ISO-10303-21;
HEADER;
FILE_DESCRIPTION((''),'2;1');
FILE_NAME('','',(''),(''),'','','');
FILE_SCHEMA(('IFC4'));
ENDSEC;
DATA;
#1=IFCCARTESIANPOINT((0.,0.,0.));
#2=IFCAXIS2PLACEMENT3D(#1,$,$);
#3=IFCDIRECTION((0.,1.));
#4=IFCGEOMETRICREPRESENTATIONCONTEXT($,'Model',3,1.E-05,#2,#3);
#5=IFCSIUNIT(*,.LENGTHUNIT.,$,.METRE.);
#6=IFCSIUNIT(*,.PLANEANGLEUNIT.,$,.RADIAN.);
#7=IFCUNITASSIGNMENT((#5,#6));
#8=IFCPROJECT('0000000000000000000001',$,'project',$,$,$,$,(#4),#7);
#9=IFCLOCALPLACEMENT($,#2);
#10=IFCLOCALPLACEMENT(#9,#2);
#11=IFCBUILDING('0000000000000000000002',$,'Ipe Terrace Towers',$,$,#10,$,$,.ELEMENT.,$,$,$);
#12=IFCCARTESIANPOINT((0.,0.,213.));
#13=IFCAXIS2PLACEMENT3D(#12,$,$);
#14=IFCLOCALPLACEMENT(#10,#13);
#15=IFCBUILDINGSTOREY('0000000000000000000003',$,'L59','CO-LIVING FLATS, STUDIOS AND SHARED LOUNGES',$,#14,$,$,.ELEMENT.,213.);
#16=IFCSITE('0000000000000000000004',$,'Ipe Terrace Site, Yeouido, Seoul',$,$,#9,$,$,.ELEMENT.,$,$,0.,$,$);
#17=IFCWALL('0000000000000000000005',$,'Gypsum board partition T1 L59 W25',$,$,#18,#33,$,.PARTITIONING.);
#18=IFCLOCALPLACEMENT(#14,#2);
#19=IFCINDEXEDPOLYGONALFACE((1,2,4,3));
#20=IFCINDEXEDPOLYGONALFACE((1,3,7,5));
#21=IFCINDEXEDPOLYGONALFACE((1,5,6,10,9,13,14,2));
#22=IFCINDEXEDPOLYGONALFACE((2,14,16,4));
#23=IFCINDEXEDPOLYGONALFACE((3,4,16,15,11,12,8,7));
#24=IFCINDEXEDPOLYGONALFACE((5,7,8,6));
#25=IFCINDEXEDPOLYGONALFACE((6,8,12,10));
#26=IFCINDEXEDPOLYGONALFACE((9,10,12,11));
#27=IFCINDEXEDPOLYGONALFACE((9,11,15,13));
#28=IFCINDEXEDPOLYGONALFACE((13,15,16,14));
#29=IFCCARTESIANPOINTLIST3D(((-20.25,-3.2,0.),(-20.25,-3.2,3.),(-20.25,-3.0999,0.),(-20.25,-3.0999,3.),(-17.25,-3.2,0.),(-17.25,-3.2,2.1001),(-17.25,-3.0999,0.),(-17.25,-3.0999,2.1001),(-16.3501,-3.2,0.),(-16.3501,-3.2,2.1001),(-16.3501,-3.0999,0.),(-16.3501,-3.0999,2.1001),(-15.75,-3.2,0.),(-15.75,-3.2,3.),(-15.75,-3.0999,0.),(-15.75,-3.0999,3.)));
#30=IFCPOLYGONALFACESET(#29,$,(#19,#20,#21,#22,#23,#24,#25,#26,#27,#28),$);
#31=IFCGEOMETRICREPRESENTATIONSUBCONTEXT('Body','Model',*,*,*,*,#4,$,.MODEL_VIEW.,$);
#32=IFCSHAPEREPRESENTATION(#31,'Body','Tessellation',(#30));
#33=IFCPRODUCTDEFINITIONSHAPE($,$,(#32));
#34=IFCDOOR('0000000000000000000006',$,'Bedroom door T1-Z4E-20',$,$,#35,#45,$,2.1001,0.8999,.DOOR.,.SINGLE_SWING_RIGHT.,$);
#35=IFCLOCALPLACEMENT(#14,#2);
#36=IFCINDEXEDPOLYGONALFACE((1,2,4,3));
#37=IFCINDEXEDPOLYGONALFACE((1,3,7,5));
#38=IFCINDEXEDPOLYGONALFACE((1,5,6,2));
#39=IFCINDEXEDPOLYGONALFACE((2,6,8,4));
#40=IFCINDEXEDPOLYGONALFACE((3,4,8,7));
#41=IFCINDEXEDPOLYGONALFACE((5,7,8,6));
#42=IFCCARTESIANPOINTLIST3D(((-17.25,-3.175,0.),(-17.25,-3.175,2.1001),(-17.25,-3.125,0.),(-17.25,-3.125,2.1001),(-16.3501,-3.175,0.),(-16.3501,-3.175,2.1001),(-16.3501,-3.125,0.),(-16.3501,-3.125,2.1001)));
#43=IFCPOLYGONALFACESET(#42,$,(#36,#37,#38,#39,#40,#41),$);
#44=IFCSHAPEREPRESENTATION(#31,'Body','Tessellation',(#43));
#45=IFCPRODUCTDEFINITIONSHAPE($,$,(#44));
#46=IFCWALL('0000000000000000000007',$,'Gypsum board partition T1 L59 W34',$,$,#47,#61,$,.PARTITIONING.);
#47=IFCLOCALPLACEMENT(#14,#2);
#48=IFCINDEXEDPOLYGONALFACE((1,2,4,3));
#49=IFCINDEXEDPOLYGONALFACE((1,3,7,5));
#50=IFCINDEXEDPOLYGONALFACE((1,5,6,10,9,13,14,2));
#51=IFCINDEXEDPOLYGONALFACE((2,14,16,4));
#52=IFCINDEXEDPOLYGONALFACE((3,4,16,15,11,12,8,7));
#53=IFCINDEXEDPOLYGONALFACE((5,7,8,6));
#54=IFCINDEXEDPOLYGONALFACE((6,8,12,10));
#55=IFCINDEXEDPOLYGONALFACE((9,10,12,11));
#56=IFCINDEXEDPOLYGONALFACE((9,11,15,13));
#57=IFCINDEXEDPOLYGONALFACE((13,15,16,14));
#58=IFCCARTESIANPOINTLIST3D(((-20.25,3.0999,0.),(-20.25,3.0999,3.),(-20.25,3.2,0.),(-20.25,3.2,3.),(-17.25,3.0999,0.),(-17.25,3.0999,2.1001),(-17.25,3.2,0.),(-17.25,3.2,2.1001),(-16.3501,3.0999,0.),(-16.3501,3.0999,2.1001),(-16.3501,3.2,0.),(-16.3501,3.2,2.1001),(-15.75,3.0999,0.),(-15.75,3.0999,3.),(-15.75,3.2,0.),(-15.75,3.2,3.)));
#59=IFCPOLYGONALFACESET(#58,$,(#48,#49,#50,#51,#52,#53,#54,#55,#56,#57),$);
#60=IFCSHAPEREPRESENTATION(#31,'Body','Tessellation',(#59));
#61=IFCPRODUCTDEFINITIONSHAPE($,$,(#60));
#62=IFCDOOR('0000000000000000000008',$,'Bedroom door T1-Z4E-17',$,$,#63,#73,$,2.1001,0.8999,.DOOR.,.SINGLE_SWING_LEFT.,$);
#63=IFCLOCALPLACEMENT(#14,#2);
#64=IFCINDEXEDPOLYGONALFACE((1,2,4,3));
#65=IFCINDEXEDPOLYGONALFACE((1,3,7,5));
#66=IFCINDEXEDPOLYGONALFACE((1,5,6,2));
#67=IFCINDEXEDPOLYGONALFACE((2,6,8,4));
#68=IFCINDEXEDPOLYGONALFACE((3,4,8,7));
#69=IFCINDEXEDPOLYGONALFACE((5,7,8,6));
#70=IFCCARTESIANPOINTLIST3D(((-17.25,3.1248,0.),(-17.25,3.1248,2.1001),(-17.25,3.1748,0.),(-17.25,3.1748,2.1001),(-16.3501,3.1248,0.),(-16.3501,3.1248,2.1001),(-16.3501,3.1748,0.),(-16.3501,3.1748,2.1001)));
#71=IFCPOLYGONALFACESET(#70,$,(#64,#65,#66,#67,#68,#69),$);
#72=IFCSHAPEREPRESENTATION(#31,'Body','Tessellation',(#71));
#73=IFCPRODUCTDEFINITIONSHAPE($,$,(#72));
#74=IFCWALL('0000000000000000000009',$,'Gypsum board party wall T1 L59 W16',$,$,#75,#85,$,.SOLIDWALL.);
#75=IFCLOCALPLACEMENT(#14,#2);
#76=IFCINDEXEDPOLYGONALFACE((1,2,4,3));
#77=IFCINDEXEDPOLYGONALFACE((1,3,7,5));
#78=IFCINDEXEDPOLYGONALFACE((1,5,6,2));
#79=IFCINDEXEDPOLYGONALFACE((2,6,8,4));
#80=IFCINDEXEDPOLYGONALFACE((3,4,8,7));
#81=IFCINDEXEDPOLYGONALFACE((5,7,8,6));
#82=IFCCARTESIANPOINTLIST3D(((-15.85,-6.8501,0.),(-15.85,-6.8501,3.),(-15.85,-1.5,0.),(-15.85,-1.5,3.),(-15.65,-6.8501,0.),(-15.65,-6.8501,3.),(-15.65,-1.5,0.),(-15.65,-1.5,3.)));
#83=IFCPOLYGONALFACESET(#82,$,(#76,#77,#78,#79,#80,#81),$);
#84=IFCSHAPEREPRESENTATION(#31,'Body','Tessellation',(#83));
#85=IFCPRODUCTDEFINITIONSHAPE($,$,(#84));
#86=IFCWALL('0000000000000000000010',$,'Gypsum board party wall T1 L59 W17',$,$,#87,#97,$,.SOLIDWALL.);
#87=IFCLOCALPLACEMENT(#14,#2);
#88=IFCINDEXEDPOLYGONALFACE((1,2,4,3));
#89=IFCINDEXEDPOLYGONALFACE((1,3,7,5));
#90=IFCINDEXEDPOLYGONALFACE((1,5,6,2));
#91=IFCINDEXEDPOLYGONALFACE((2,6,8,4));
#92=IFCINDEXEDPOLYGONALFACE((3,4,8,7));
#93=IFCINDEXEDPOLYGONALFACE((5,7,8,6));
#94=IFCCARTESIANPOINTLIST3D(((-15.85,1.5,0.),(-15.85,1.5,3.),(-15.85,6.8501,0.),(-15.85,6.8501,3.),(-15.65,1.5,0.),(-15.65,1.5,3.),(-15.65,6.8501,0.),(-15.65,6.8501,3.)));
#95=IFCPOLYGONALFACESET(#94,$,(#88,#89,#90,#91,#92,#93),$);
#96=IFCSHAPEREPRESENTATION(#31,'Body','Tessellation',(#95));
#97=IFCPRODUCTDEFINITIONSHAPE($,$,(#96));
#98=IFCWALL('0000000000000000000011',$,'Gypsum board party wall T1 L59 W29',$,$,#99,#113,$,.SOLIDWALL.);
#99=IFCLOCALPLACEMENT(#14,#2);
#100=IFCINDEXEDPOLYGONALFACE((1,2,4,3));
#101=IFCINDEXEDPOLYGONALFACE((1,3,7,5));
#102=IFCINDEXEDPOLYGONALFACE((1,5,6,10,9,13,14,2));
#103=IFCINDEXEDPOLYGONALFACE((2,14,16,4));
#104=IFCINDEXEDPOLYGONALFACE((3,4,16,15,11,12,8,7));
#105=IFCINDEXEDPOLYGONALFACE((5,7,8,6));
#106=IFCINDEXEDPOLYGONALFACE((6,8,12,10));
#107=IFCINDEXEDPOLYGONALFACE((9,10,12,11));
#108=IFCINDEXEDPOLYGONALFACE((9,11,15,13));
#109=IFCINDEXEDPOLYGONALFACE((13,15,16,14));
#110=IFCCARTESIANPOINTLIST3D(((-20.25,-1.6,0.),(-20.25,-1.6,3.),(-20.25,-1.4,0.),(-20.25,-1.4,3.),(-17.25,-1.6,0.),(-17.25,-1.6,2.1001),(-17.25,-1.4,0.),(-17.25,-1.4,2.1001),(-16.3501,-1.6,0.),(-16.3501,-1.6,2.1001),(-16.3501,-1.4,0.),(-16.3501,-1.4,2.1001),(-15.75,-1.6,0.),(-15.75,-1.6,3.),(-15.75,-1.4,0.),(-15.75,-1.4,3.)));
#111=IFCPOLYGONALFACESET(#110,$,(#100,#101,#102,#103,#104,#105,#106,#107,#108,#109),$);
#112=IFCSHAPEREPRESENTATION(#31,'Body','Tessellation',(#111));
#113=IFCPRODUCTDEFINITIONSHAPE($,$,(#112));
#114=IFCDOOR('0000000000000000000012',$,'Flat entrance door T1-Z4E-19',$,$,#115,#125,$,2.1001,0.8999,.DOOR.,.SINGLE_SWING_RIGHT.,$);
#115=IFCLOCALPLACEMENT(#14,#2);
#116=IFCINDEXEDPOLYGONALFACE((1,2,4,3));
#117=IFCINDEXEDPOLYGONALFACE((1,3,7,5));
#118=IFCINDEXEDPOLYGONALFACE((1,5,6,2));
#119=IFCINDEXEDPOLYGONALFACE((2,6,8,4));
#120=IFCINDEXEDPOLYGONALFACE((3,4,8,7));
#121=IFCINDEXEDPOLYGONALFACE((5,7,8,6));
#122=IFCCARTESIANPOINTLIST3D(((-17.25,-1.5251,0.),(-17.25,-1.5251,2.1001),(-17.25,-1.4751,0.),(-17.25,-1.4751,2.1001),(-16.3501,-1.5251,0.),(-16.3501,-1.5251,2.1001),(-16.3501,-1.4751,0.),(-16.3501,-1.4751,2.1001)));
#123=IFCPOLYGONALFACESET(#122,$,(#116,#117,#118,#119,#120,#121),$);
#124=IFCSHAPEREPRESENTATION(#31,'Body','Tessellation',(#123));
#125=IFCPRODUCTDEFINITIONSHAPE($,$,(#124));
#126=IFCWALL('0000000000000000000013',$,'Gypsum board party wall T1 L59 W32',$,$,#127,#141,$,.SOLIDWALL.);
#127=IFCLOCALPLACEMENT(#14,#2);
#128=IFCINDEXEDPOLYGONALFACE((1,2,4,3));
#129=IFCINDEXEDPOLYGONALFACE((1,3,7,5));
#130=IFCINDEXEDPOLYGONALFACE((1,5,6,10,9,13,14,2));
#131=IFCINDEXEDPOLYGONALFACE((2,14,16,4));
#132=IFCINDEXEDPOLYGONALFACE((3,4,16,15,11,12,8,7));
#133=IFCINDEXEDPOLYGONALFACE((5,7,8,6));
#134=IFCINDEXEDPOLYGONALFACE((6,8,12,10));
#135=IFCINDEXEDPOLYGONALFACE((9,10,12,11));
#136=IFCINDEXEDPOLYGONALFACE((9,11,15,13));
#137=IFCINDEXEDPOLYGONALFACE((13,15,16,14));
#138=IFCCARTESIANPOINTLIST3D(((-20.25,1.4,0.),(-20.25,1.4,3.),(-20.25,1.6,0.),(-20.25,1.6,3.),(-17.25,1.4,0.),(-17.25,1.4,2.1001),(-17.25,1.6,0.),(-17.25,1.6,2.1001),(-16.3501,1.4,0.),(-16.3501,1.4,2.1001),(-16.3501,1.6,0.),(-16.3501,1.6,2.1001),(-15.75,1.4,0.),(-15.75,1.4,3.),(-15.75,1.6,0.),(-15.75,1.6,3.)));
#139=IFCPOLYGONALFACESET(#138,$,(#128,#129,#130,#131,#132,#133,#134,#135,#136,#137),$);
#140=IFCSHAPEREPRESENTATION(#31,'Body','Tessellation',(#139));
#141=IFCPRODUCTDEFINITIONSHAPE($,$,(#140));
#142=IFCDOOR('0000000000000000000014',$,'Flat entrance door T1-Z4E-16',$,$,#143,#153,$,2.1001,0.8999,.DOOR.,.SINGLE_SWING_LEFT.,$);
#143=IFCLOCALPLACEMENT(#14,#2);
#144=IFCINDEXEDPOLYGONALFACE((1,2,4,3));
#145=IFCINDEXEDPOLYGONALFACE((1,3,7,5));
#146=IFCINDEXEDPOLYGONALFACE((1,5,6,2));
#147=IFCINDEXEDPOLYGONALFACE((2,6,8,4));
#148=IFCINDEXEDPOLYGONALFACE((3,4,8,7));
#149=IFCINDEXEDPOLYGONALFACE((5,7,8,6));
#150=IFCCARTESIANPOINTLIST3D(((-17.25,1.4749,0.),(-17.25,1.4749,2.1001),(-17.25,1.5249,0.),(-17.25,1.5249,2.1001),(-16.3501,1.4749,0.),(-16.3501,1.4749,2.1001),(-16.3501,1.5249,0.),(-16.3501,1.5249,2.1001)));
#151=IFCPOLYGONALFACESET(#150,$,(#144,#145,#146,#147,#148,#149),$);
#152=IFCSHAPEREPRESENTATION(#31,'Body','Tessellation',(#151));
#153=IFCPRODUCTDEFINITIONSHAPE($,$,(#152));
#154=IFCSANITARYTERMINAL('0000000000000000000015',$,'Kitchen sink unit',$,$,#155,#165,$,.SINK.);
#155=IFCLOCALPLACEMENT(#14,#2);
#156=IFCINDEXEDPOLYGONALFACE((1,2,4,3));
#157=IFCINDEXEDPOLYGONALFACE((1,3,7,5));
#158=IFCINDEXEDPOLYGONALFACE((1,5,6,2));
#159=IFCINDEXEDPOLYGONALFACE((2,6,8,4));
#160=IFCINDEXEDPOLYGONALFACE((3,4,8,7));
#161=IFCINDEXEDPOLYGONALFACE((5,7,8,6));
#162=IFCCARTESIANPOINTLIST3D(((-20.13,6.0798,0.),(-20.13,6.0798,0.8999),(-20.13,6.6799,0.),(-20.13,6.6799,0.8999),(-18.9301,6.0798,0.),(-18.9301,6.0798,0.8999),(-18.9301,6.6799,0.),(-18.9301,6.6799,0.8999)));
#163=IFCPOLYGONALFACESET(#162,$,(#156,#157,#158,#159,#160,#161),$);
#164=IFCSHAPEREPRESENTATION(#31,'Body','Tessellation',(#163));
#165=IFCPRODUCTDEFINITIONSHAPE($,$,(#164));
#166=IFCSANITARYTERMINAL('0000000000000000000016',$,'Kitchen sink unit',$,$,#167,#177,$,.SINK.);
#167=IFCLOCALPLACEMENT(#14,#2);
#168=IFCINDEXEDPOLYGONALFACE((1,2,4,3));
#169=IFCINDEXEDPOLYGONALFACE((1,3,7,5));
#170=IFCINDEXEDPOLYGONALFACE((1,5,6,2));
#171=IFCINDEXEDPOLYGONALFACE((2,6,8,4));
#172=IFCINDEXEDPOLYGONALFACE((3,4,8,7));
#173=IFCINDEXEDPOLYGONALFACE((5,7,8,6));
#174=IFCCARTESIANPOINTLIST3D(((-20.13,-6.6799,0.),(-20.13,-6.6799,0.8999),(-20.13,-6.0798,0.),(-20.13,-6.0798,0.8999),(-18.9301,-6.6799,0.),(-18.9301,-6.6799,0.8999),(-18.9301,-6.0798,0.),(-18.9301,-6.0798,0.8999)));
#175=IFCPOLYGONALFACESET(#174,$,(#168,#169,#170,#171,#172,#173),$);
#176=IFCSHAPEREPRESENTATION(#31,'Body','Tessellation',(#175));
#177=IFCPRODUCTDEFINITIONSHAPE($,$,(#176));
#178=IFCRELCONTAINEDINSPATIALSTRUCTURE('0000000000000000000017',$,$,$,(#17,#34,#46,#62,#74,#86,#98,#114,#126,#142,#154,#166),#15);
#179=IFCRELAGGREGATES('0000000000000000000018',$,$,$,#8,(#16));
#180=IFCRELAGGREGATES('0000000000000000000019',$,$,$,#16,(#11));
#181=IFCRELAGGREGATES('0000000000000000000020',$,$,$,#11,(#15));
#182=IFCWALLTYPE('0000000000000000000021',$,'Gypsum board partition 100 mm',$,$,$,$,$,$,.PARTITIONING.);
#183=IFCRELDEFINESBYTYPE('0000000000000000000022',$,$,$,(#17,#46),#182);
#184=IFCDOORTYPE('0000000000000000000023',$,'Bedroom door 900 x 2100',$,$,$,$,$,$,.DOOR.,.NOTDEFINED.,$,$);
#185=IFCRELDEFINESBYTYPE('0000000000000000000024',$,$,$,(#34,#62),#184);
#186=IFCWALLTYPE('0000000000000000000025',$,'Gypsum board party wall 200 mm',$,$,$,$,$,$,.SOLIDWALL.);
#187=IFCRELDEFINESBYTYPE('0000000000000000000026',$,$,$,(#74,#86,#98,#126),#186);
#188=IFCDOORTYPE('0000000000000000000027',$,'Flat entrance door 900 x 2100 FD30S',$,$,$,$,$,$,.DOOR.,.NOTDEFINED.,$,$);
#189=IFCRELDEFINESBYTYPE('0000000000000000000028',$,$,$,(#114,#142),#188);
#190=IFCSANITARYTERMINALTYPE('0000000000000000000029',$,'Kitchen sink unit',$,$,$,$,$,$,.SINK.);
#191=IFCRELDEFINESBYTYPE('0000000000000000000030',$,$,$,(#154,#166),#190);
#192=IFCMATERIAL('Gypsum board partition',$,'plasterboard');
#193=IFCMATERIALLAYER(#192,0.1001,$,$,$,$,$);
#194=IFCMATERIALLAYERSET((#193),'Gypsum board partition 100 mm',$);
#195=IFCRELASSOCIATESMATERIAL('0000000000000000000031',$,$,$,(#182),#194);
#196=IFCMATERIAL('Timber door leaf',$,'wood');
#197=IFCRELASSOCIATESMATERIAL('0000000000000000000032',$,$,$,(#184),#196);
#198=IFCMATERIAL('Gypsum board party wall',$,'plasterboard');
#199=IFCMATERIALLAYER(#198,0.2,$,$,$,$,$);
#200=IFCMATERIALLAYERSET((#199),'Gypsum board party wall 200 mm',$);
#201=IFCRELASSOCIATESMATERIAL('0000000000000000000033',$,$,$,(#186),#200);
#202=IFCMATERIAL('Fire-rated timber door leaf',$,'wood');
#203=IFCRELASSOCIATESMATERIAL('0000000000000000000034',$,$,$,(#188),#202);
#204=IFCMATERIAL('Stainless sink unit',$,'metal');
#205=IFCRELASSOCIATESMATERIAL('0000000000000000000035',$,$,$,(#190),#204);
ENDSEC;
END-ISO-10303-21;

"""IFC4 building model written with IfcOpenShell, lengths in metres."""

from ifc_helpers import new_model, si_unit, direction, frame, frame_2d, origin, origin_2d, place, context, subcontext, project, spatial, rectangle, extrude, material, layer, layer_set, type_object, element, fill, save


model = new_model("IFC4")

# Units and contexts
model_context = context("Model", 3, precision=1e-05, world=origin(), true_north=direction((0.0, 1.0)))
body_context = subcontext(model_context, "Body", "Model", "MODEL_VIEW")
ifc_project = project(units=[si_unit("LENGTHUNIT", "METRE"), si_unit("PLANEANGLEUNIT", "RADIAN")], contexts=[model_context])

# Site, building, storey
site_placement = place(None, origin())
site = spatial("IfcSite", under=ifc_project, at=site_placement, Name="Ipe Terrace Site, Yeouido, Seoul", CompositionType="ELEMENT", RefElevation=0.0)
building_placement = place(site_placement, origin())
building = spatial("IfcBuilding", under=site, at=building_placement, Name="Ipe Terrace Towers", CompositionType="ELEMENT")
storey_placement = place(building_placement, frame((0.0, 0.0, 213.0)))
storey = spatial("IfcBuildingStorey", under=building, at=storey_placement, Name="L59", Description="CO-LIVING FLATS, STUDIOS AND SHARED LOUNGES", CompositionType="ELEMENT", Elevation=213.0)

# Walls, openings, doors
ifc_material_1 = material(Name="Gypsum board partition", Category="plasterboard")
ifc_layer_1 = layer(ifc_material_1, 0.1001)
ifc_layer_set_1 = layer_set([ifc_layer_1], Name="Gypsum board partition 100 mm")
wall_type_1 = type_object("IfcWallType", Name="Gypsum board partition 100 mm", PredefinedType="PARTITIONING", material=ifc_layer_set_1)
wall_1_placement = place(storey_placement, frame((-20.25, -3.1499, 0.0), z_axis=(0.0, 0.0, 1.0), x_axis=(1.0, 0.0, 0.0)))
wall_1 = element("IfcWall", 1, at=wall_1_placement, inside=storey, type_object=wall_type_1, Name="Gypsum board partition T1 L59 W25", PredefinedType="PARTITIONING", context=body_context, shape_type="SweptSolid", body=[
    extrude(rectangle(XDim=4.5, YDim=0.1001, at=frame_2d((2.25, 0.0))), origin(), (0.0, 0.0, 1.0), 3.0),
])
opening_1_placement = place(wall_1_placement, frame((3.0, 0.0, 0.0)))
opening_1 = element("IfcOpeningElement", 2, at=opening_1_placement, cuts=wall_1, PredefinedType="OPENING", context=body_context, shape_type="SweptSolid", body=[
    extrude(rectangle(XDim=0.8999, YDim=2.1001, at=frame_2d((0.45, 1.05))), frame((0.0, 0.0601, 0.0), z_axis=(0.0, -1.0, 0.0), x_axis=(1.0, 0.0, 0.0)), (0.0, 0.0, 1.0), 0.1201),
])
ifc_material_2 = material(Name="Timber door leaf", Category="wood")
door_type_1 = type_object("IfcDoorType", Name="Bedroom door 900 x 2100", OperationType="NOTDEFINED", PredefinedType="DOOR", material=ifc_material_2)
door_1_placement = place(opening_1_placement, origin())
door_1 = element("IfcDoor", 3, at=door_1_placement, inside=storey, type_object=door_type_1, Name="Bedroom door T1-Z4E-20", OperationType="SINGLE_SWING_RIGHT", OverallHeight=2.1001, OverallWidth=0.8999, PredefinedType="DOOR", context=body_context, shape_type="SweptSolid", body=[
    extrude(rectangle(XDim=0.8999, YDim=2.1001, at=frame_2d((0.45, 1.05))), frame((0.0, 0.0249, 0.0), z_axis=(0.0, -1.0, 0.0), x_axis=(1.0, 0.0, 0.0)), (0.0, 0.0, 1.0), 0.05),
])
fill(opening_1, door_1)
wall_2_placement = place(storey_placement, frame((-20.25, 3.1499, 0.0), z_axis=(0.0, 0.0, 1.0), x_axis=(1.0, 0.0, 0.0)))
wall_2 = element("IfcWall", 4, at=wall_2_placement, inside=storey, type_object=wall_type_1, Name="Gypsum board partition T1 L59 W34", PredefinedType="PARTITIONING", context=body_context, shape_type="SweptSolid", body=[
    extrude(rectangle(XDim=4.5, YDim=0.1001, at=frame_2d((2.25, 0.0))), origin(), (0.0, 0.0, 1.0), 3.0),
])
opening_2_placement = place(wall_2_placement, frame((3.0, 0.0, 0.0)))
opening_2 = element("IfcOpeningElement", 5, at=opening_2_placement, cuts=wall_2, PredefinedType="OPENING", context=body_context, shape_type="SweptSolid", body=[
    extrude(rectangle(XDim=0.8999, YDim=2.1001, at=frame_2d((0.45, 1.05))), frame((0.0, 0.0601, 0.0), z_axis=(0.0, -1.0, 0.0), x_axis=(1.0, 0.0, 0.0)), (0.0, 0.0, 1.0), 0.1201),
])
door_2_placement = place(opening_2_placement, origin())
door_2 = element("IfcDoor", 6, at=door_2_placement, inside=storey, type_object=door_type_1, Name="Bedroom door T1-Z4E-17", OperationType="SINGLE_SWING_LEFT", OverallHeight=2.1001, OverallWidth=0.8999, PredefinedType="DOOR", context=body_context, shape_type="SweptSolid", body=[
    extrude(rectangle(XDim=0.8999, YDim=2.1001, at=frame_2d((0.45, 1.05))), frame((0.0, 0.0249, 0.0), z_axis=(0.0, -1.0, 0.0), x_axis=(1.0, 0.0, 0.0)), (0.0, 0.0, 1.0), 0.05),
])
fill(opening_2, door_2)

# Walls
ifc_material_3 = material(Name="Gypsum board party wall", Category="plasterboard")
ifc_layer_2 = layer(ifc_material_3, 0.2)
ifc_layer_set_2 = layer_set([ifc_layer_2], Name="Gypsum board party wall 200 mm")
wall_type_2 = type_object("IfcWallType", Name="Gypsum board party wall 200 mm", PredefinedType="SOLIDWALL", material=ifc_layer_set_2)
for number, where, z_axis, x_axis, name in (
    (7, (-15.75, -6.8501, 0.0), (0.0, 0.0, 1.0), (0.0, 1.0, 0.0), "Gypsum board party wall T1 L59 W16"),
    (8, (-15.75, 1.5, 0.0), (0.0, 0.0, 1.0), (0.0, 1.0, 0.0), "Gypsum board party wall T1 L59 W17"),
):
    element("IfcWall", number, at=place(storey_placement, frame(where, z_axis=z_axis, x_axis=x_axis)), inside=storey, type_object=wall_type_2, Name=name, PredefinedType="SOLIDWALL", context=body_context, shape_type="SweptSolid", body=[
        extrude(rectangle(XDim=5.3501, YDim=0.2, at=frame_2d((2.675, 0.0))), origin(), (0.0, 0.0, 1.0), 3.0),
    ])

# Walls, openings, doors
wall_3_placement = place(storey_placement, frame((-20.25, -1.5, 0.0), z_axis=(0.0, 0.0, 1.0), x_axis=(1.0, 0.0, 0.0)))
wall_3 = element("IfcWall", 9, at=wall_3_placement, inside=storey, type_object=wall_type_2, Name="Gypsum board party wall T1 L59 W29", PredefinedType="SOLIDWALL", context=body_context, shape_type="SweptSolid", body=[
    extrude(rectangle(XDim=4.5, YDim=0.2, at=frame_2d((2.25, 0.0))), origin(), (0.0, 0.0, 1.0), 3.0),
])
opening_3_placement = place(wall_3_placement, frame((3.0, 0.0, 0.0)))
opening_3 = element("IfcOpeningElement", 10, at=opening_3_placement, cuts=wall_3, PredefinedType="OPENING", context=body_context, shape_type="SweptSolid", body=[
    extrude(rectangle(XDim=0.8999, YDim=2.1001, at=frame_2d((0.45, 1.05))), frame((0.0, 0.1099, 0.0), z_axis=(0.0, -1.0, 0.0), x_axis=(1.0, 0.0, 0.0)), (0.0, 0.0, 1.0), 0.22),
])
ifc_material_4 = material(Name="Fire-rated timber door leaf", Category="wood")
door_type_2 = type_object("IfcDoorType", Name="Flat entrance door 900 x 2100 FD30S", OperationType="NOTDEFINED", PredefinedType="DOOR", material=ifc_material_4)
door_3_placement = place(opening_3_placement, origin())
door_3 = element("IfcDoor", 11, at=door_3_placement, inside=storey, type_object=door_type_2, Name="Flat entrance door T1-Z4E-19", OperationType="SINGLE_SWING_RIGHT", OverallHeight=2.1001, OverallWidth=0.8999, PredefinedType="DOOR", context=body_context, shape_type="SweptSolid", body=[
    extrude(rectangle(XDim=0.8999, YDim=2.1001, at=frame_2d((0.45, 1.05))), frame((0.0, 0.0249, 0.0), z_axis=(0.0, -1.0, 0.0), x_axis=(1.0, 0.0, 0.0)), (0.0, 0.0, 1.0), 0.05),
])
fill(opening_3, door_3)
wall_4_placement = place(storey_placement, frame((-20.25, 1.5, 0.0), z_axis=(0.0, 0.0, 1.0), x_axis=(1.0, 0.0, 0.0)))
wall_4 = element("IfcWall", 12, at=wall_4_placement, inside=storey, type_object=wall_type_2, Name="Gypsum board party wall T1 L59 W32", PredefinedType="SOLIDWALL", context=body_context, shape_type="SweptSolid", body=[
    extrude(rectangle(XDim=4.5, YDim=0.2, at=frame_2d((2.25, 0.0))), origin(), (0.0, 0.0, 1.0), 3.0),
])
opening_4_placement = place(wall_4_placement, frame((3.0, 0.0, 0.0)))
opening_4 = element("IfcOpeningElement", 13, at=opening_4_placement, cuts=wall_4, PredefinedType="OPENING", context=body_context, shape_type="SweptSolid", body=[
    extrude(rectangle(XDim=0.8999, YDim=2.1001, at=frame_2d((0.45, 1.05))), frame((0.0, 0.1099, 0.0), z_axis=(0.0, -1.0, 0.0), x_axis=(1.0, 0.0, 0.0)), (0.0, 0.0, 1.0), 0.22),
])
door_4_placement = place(opening_4_placement, origin())
door_4 = element("IfcDoor", 14, at=door_4_placement, inside=storey, type_object=door_type_2, Name="Flat entrance door T1-Z4E-16", OperationType="SINGLE_SWING_LEFT", OverallHeight=2.1001, OverallWidth=0.8999, PredefinedType="DOOR", context=body_context, shape_type="SweptSolid", body=[
    extrude(rectangle(XDim=0.8999, YDim=2.1001, at=frame_2d((0.45, 1.05))), frame((0.0, 0.0249, 0.0), z_axis=(0.0, -1.0, 0.0), x_axis=(1.0, 0.0, 0.0)), (0.0, 0.0, 1.0), 0.05),
])
fill(opening_4, door_4)

# Sanitary terminals
ifc_material_5 = material(Name="Stainless sink unit", Category="metal")
sanitary_terminal_type_1 = type_object("IfcSanitaryTerminalType", Name="Kitchen sink unit", PredefinedType="SINK", material=ifc_material_5)
for number, where, z_axis, x_axis, name in (
    (15, (-19.53, 6.3799, 0.0), (0.0, 0.0, 1.0), (1.0, 0.0, 0.0), "Kitchen sink unit"),
    (16, (-19.53, -6.3799, 0.0), (0.0, 0.0, 1.0), (-1.0, 0.0, 0.0), "Kitchen sink unit"),
):
    element("IfcSanitaryTerminal", number, at=place(storey_placement, frame(where, z_axis=z_axis, x_axis=x_axis)), inside=storey, type_object=sanitary_terminal_type_1, Name=name, PredefinedType="SINK", context=body_context, shape_type="SweptSolid", body=[
        extrude(rectangle(XDim=1.2, YDim=0.6001, at=origin_2d()), origin(), (0.0, 0.0, 1.0), 0.8999),
    ])

save(model, "model.ifc")
